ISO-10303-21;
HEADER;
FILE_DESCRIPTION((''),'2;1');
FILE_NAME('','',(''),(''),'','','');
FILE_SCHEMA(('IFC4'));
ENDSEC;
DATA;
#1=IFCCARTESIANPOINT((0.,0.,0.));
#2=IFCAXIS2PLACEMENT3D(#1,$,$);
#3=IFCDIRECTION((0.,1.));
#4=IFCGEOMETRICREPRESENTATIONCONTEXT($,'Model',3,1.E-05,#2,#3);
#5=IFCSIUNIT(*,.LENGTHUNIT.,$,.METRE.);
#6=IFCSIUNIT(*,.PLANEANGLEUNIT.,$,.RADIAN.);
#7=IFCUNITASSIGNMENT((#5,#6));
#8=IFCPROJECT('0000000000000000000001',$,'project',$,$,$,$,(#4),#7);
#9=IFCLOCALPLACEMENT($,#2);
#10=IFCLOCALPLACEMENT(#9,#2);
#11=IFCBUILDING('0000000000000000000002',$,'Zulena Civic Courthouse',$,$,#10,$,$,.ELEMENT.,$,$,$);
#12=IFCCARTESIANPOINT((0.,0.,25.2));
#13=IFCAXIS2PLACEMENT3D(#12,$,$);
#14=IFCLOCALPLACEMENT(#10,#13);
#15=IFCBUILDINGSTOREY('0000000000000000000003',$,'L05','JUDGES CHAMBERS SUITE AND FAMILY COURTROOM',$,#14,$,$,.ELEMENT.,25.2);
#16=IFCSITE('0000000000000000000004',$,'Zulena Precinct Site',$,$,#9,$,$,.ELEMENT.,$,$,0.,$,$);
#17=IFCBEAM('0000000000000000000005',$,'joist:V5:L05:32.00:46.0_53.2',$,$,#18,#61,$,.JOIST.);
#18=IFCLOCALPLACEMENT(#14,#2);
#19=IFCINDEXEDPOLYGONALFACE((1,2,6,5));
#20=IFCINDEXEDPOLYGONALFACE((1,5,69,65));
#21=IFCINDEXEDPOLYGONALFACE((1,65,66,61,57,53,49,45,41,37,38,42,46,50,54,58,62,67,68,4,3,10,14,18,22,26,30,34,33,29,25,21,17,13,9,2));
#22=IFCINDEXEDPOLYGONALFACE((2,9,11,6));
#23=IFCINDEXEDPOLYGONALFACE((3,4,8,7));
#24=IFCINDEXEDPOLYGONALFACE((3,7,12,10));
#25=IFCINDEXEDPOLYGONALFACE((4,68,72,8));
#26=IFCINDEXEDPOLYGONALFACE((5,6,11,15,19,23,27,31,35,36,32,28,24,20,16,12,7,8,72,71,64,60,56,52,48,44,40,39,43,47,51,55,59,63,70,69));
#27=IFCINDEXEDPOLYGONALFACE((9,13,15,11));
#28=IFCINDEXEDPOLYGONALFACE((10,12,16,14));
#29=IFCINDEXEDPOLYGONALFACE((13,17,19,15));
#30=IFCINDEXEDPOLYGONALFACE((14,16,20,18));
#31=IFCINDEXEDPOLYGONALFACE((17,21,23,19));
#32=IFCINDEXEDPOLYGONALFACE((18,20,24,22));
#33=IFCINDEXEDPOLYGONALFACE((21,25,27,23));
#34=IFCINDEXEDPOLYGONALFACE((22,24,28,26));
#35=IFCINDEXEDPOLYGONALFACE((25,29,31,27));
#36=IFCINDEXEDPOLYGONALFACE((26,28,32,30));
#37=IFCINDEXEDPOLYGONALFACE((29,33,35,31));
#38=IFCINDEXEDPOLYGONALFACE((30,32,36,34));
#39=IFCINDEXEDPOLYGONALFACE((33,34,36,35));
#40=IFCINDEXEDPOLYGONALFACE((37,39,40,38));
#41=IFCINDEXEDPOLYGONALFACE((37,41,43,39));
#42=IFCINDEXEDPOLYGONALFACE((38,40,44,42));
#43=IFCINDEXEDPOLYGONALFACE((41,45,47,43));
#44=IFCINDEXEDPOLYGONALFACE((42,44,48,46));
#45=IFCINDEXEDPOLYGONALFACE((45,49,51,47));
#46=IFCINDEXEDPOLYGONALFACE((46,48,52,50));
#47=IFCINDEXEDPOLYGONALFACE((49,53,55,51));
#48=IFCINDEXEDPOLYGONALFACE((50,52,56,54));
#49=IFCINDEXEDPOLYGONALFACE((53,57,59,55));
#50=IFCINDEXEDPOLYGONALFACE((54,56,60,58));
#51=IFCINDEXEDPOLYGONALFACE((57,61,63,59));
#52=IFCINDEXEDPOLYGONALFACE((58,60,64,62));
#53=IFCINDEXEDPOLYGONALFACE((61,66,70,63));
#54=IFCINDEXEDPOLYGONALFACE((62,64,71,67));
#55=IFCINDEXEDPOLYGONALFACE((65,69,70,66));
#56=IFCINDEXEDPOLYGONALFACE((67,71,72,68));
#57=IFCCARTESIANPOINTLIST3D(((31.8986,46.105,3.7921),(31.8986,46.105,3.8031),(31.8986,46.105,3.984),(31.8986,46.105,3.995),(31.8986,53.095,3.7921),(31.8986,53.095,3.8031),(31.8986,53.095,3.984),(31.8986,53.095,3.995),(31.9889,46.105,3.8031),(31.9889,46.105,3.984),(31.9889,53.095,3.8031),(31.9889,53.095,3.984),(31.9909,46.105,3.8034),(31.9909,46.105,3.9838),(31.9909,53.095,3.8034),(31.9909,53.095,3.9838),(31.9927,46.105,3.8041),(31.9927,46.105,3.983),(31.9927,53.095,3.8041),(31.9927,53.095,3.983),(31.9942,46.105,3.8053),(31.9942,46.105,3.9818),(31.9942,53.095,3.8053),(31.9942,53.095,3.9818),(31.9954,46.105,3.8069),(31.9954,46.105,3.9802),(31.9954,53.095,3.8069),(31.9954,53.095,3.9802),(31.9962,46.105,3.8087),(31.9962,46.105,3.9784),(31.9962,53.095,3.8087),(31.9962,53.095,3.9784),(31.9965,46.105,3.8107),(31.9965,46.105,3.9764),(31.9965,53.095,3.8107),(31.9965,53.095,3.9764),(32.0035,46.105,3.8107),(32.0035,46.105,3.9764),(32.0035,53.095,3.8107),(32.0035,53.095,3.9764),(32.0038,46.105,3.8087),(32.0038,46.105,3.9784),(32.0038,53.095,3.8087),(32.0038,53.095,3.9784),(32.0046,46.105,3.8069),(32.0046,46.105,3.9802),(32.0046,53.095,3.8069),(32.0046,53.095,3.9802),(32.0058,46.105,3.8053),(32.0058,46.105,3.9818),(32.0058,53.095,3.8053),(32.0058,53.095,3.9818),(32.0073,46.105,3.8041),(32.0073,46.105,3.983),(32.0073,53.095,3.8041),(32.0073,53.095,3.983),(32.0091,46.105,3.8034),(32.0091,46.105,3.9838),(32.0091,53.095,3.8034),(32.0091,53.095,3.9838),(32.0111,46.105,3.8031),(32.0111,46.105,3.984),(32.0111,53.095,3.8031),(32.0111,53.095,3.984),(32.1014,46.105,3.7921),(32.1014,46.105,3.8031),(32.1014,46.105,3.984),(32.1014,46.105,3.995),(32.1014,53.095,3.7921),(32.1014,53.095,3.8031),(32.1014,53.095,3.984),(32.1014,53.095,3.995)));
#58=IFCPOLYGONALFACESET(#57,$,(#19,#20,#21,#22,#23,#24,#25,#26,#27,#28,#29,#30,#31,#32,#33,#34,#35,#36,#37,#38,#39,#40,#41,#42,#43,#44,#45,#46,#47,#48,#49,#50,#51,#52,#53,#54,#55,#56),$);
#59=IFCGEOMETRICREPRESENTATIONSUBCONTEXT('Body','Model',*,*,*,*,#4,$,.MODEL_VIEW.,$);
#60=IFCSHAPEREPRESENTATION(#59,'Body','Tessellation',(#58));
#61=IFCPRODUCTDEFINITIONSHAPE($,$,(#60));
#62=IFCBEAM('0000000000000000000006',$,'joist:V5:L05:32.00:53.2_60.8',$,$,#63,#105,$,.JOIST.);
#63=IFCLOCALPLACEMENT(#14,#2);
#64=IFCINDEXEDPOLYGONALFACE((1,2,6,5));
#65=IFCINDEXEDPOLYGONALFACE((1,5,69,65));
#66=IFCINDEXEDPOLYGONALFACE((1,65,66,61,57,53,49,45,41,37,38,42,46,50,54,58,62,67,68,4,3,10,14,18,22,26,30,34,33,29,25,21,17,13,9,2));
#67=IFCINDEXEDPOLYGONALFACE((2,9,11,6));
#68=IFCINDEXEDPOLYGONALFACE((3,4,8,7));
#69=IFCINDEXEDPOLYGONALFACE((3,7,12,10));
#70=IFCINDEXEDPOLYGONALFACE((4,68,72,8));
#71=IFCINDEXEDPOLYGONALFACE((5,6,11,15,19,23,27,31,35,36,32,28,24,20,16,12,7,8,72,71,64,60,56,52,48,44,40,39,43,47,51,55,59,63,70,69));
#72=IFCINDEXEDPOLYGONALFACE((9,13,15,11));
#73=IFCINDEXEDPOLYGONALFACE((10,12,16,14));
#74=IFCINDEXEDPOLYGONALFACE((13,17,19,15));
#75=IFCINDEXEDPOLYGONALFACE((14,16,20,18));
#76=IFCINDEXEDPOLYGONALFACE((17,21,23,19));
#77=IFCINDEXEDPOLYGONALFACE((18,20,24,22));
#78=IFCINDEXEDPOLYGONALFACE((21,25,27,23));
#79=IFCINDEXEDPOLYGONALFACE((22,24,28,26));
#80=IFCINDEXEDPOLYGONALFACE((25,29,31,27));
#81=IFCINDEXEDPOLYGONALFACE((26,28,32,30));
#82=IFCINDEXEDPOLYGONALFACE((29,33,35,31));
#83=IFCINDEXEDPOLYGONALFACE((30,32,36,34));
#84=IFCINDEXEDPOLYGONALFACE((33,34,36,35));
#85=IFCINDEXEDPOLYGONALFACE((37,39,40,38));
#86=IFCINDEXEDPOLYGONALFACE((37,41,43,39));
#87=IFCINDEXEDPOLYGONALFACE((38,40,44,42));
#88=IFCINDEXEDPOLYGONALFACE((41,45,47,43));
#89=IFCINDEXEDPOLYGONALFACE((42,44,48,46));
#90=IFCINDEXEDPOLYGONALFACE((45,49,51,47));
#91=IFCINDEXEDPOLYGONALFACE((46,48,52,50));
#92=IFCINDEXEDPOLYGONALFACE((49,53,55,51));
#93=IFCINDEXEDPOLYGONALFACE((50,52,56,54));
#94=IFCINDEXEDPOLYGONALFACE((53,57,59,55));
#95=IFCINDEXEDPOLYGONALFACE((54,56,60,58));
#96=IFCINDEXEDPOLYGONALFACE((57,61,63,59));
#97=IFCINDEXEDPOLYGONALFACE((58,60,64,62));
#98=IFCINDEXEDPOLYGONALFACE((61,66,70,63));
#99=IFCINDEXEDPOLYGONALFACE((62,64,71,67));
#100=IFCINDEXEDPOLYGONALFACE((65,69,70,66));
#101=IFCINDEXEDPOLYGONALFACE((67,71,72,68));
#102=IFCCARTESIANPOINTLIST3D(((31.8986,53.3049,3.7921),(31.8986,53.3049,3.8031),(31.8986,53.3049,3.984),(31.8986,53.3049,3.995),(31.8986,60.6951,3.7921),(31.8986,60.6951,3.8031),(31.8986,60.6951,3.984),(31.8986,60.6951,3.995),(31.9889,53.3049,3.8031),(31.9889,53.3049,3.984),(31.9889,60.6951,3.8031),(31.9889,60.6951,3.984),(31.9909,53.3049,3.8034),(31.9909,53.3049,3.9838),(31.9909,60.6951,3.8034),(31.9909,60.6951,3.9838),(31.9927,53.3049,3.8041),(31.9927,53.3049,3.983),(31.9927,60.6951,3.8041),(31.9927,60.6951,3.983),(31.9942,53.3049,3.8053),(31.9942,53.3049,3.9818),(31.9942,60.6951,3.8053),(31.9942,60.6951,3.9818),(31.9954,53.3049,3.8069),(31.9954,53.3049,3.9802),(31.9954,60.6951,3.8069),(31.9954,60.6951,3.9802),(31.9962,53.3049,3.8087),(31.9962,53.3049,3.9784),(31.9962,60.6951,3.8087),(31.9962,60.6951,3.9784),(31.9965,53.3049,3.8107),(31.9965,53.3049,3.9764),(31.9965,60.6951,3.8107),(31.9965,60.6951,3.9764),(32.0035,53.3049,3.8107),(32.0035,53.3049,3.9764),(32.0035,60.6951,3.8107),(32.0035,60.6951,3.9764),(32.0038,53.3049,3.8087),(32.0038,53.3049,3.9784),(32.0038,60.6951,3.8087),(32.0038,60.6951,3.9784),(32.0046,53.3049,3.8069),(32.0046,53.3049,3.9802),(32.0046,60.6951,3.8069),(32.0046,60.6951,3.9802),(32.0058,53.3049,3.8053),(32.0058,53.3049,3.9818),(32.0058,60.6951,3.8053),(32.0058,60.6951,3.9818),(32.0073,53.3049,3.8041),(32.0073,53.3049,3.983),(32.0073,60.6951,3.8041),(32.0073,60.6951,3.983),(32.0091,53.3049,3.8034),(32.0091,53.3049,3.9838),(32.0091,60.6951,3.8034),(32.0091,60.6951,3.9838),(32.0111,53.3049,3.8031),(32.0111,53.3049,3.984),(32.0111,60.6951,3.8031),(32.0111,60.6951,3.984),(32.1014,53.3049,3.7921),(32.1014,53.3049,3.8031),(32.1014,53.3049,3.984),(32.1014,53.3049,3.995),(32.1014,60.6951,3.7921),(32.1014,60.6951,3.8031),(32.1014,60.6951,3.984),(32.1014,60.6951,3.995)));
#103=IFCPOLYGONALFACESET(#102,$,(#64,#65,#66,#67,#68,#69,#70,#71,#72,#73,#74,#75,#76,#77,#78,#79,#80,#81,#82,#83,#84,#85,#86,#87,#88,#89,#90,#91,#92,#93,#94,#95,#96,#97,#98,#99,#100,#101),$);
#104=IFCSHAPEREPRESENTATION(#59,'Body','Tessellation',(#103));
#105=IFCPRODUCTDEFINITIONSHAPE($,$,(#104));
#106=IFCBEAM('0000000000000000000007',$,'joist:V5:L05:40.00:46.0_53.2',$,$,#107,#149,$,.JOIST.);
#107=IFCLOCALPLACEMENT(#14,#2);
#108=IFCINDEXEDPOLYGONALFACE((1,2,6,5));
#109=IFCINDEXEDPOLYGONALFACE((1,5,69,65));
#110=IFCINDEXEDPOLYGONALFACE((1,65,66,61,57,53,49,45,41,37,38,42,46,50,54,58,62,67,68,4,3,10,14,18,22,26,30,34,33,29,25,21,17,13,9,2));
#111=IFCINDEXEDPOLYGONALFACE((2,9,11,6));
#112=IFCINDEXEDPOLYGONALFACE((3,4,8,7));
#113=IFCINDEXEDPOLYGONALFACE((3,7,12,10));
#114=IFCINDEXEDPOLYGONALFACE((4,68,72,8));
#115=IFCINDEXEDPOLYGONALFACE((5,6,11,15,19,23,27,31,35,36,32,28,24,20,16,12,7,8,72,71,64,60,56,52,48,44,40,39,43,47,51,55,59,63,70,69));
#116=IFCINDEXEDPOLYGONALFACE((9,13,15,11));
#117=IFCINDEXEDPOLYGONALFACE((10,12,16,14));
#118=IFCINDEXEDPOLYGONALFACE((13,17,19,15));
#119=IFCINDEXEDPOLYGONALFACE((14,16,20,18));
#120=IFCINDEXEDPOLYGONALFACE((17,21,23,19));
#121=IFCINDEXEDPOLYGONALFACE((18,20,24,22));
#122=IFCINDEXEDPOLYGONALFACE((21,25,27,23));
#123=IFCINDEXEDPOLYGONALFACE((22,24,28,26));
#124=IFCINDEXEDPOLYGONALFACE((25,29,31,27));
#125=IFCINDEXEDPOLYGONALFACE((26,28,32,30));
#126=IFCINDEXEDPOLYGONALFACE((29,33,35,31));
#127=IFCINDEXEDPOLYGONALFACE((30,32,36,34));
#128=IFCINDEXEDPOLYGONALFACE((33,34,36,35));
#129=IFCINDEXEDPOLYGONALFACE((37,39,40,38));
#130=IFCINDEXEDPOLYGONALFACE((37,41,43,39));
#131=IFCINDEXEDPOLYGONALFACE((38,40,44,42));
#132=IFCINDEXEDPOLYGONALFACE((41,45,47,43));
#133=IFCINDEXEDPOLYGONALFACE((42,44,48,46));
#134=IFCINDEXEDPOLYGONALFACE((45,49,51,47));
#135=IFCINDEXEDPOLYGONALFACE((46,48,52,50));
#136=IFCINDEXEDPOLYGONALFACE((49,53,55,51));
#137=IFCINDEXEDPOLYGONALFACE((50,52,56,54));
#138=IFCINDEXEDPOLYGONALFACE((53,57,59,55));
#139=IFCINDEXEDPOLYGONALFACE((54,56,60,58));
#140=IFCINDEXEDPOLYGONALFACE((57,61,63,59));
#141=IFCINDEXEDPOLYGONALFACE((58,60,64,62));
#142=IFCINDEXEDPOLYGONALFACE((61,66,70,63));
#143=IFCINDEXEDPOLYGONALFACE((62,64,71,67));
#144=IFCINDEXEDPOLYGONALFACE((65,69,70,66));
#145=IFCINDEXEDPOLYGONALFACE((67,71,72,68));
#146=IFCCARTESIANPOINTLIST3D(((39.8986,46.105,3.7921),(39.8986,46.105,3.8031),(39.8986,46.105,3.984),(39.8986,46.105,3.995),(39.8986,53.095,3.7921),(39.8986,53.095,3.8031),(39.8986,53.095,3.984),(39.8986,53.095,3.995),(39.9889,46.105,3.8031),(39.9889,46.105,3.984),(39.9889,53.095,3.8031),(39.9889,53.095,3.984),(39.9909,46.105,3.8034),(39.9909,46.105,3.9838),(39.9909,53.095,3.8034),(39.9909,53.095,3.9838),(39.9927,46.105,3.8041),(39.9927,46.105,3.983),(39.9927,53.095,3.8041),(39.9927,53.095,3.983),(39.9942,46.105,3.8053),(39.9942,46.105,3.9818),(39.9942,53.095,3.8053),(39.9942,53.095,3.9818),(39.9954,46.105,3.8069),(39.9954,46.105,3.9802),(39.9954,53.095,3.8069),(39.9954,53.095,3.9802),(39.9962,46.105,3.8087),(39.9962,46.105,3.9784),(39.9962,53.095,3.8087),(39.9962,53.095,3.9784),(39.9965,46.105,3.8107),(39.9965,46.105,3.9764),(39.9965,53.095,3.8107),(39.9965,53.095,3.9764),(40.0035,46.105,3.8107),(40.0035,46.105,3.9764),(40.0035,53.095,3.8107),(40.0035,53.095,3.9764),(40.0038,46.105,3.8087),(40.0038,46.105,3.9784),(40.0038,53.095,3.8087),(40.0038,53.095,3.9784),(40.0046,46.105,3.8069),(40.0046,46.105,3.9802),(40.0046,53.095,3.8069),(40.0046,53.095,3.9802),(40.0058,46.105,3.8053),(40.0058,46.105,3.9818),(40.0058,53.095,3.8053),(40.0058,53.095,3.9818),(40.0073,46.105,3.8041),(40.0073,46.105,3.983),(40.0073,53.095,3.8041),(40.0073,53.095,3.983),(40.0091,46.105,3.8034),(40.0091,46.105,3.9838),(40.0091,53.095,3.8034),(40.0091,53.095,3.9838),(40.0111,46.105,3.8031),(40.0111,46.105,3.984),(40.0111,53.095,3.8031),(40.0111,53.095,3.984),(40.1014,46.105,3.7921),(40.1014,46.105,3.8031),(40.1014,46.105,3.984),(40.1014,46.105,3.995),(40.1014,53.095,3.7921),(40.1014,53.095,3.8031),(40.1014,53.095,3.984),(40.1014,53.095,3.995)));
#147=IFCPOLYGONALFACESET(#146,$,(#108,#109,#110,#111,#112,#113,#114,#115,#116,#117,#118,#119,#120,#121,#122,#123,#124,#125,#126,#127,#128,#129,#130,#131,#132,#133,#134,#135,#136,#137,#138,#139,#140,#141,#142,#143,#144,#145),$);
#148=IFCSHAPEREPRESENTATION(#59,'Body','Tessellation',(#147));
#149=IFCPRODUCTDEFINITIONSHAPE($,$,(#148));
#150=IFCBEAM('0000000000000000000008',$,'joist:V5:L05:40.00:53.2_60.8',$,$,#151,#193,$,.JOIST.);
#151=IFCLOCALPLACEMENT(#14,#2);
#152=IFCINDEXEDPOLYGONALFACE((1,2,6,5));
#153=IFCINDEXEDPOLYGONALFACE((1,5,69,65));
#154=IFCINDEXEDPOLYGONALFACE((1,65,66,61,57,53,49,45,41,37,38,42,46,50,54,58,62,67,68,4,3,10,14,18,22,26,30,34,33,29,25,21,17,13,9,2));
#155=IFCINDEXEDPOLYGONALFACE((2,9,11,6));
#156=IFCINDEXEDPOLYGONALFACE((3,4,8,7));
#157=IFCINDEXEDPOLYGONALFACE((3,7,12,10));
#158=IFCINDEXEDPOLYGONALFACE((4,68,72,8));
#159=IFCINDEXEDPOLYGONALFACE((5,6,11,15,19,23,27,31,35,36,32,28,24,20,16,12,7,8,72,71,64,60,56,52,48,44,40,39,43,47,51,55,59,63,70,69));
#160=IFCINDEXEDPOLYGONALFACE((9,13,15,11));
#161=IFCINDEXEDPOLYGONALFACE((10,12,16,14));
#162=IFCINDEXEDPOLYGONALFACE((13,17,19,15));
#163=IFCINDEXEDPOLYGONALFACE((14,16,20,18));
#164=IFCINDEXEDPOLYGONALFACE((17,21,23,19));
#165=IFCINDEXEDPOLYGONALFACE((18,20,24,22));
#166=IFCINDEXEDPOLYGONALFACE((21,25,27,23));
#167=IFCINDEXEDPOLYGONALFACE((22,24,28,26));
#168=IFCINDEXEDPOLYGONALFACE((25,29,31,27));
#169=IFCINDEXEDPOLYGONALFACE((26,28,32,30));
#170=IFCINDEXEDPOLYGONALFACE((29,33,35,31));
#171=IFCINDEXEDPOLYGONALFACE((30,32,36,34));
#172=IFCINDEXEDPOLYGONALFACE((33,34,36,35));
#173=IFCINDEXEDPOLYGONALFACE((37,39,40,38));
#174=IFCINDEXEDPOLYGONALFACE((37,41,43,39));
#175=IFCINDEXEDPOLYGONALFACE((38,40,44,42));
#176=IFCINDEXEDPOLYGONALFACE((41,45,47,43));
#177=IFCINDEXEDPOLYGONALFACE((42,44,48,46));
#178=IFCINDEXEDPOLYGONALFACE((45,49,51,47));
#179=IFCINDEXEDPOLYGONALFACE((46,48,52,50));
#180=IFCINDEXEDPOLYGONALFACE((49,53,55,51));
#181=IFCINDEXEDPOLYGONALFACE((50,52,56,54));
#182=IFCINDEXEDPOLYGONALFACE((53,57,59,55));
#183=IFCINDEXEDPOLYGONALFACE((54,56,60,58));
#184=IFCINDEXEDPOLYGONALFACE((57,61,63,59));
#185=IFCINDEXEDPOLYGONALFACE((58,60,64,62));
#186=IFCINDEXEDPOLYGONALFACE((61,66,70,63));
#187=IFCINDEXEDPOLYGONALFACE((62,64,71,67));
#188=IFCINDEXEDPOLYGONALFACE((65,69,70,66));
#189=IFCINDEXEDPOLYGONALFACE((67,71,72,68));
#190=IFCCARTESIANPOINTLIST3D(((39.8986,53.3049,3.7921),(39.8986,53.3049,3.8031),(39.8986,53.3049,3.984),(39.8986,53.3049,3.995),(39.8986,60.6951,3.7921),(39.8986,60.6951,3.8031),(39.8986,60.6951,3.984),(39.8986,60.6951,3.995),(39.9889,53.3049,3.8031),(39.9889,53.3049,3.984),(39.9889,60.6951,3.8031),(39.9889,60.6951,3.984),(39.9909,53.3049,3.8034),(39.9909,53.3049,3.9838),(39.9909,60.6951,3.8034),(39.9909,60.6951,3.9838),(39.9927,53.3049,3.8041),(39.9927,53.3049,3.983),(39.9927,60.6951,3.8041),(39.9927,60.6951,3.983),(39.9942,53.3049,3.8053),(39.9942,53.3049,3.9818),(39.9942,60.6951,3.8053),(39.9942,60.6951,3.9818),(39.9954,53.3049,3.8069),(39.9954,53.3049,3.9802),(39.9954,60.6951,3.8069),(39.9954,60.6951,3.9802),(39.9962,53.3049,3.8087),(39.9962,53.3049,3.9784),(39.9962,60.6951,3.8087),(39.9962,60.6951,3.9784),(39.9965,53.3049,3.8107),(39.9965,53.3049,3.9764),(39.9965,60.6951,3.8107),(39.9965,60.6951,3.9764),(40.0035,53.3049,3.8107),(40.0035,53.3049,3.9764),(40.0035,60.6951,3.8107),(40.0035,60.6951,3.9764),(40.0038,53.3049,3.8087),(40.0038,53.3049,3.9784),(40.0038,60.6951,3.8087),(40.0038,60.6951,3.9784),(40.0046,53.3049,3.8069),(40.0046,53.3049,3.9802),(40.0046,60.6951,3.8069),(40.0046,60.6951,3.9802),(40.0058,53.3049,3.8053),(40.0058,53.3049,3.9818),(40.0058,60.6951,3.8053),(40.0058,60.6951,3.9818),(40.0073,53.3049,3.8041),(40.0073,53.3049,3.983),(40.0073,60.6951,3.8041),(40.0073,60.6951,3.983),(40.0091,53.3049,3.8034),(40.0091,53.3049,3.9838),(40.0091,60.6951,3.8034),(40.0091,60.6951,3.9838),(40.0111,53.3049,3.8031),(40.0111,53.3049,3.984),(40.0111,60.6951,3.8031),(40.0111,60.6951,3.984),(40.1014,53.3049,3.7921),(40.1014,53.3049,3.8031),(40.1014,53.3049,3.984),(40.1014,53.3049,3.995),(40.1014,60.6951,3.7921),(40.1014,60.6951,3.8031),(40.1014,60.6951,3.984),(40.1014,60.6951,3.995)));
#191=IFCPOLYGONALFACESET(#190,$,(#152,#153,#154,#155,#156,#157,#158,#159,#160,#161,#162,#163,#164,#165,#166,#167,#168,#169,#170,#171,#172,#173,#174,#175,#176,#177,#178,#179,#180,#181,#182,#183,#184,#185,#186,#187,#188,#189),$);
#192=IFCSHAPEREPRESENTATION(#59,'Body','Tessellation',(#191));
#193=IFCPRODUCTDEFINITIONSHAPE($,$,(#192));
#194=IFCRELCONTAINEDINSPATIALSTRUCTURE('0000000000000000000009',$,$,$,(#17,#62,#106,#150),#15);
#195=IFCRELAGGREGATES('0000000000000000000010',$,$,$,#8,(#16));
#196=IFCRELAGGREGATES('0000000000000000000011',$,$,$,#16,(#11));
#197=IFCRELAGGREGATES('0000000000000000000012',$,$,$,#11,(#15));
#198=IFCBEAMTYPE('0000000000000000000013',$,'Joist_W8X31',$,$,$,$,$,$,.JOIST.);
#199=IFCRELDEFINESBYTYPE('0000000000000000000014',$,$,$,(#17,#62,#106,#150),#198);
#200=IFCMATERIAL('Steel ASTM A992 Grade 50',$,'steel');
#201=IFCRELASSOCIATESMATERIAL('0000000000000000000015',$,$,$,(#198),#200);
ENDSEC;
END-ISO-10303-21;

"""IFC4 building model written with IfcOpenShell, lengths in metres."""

from ifc_helpers import new_model, si_unit, direction, frame, origin, origin_2d, place, context, subcontext, project, spatial, i_section, extrude, material, material_profile, profile_set, type_object, element, save


model = new_model("IFC4")

# Units and contexts
model_context = context("Model", 3, precision=1e-05, world=origin(), true_north=direction((0.0, 1.0)))
body_context = subcontext(model_context, "Body", "Model", "MODEL_VIEW")
ifc_project = project(units=[si_unit("LENGTHUNIT", "METRE"), si_unit("PLANEANGLEUNIT", "RADIAN")], contexts=[model_context])

# Site, building, storey
site_placement = place(None, origin())
site = spatial("IfcSite", under=ifc_project, at=site_placement, Name="Zulena Precinct Site", CompositionType="ELEMENT", RefElevation=0.0)
building_placement = place(site_placement, origin())
building = spatial("IfcBuilding", under=site, at=building_placement, Name="Zulena Civic Courthouse", CompositionType="ELEMENT")
storey_placement = place(building_placement, frame((0.0, 0.0, 25.2)))
storey = spatial("IfcBuildingStorey", under=building, at=storey_placement, Name="L05", Description="JUDGES CHAMBERS SUITE AND FAMILY COURTROOM", CompositionType="ELEMENT", Elevation=25.2)

# Shared definitions
ifc_material_1 = material(Name="Steel ASTM A992 Grade 50", Category="steel")

# Beams
ifc_material_profile_1 = material_profile(ifc_material_1, i_section(OverallWidth=0.2029, OverallDepth=0.2029, WebThickness=0.0071, FlangeThickness=0.011, FilletRadius=0.0076, at=origin_2d()), Name="W8X31")
ifc_profile_set_1 = profile_set([ifc_material_profile_1], Name="Steel ASTM A992 Grade 50")
beam_type_1 = type_object("IfcBeamType", Name="Joist_W8X31", PredefinedType="JOIST", material=ifc_profile_set_1)
beam_1_placement = place(storey_placement, frame((32.0, 46.105, 3.8936), z_axis=(0.0, 1.0, 0.0), x_axis=(-1.0, 0.0, 0.0)))
element("IfcBeam", 1, at=beam_1_placement, inside=storey, type_object=beam_type_1, Name="joist:V5:L05:32.00:46.0_53.2", PredefinedType="JOIST", context=body_context, shape_type="SweptSolid", body=[
    extrude(i_section(OverallWidth=0.2029, OverallDepth=0.2029, WebThickness=0.0071, FlangeThickness=0.011, FilletRadius=0.0076, at=origin_2d()), origin(), (0.0, 0.0, 1.0), 6.99),
])
beam_2_placement = place(storey_placement, frame((32.0, 53.3049, 3.8936), z_axis=(0.0, 1.0, 0.0), x_axis=(-1.0, 0.0, 0.0)))
element("IfcBeam", 2, at=beam_2_placement, inside=storey, type_object=beam_type_1, Name="joist:V5:L05:32.00:53.2_60.8", PredefinedType="JOIST", context=body_context, shape_type="SweptSolid", body=[
    extrude(i_section(OverallWidth=0.2029, OverallDepth=0.2029, WebThickness=0.0071, FlangeThickness=0.011, FilletRadius=0.0076, at=origin_2d()), origin(), (0.0, 0.0, 1.0), 7.3901),
])
beam_3_placement = place(storey_placement, frame((40.0, 46.105, 3.8936), z_axis=(0.0, 1.0, 0.0), x_axis=(-1.0, 0.0, 0.0)))
element("IfcBeam", 3, at=beam_3_placement, inside=storey, type_object=beam_type_1, Name="joist:V5:L05:40.00:46.0_53.2", PredefinedType="JOIST", context=body_context, shape_type="SweptSolid", body=[
    extrude(i_section(OverallWidth=0.2029, OverallDepth=0.2029, WebThickness=0.0071, FlangeThickness=0.011, FilletRadius=0.0076, at=origin_2d()), origin(), (0.0, 0.0, 1.0), 6.99),
])
beam_4_placement = place(storey_placement, frame((40.0, 53.3049, 3.8936), z_axis=(0.0, 1.0, 0.0), x_axis=(-1.0, 0.0, 0.0)))
element("IfcBeam", 4, at=beam_4_placement, inside=storey, type_object=beam_type_1, Name="joist:V5:L05:40.00:53.2_60.8", PredefinedType="JOIST", context=body_context, shape_type="SweptSolid", body=[
    extrude(i_section(OverallWidth=0.2029, OverallDepth=0.2029, WebThickness=0.0071, FlangeThickness=0.011, FilletRadius=0.0076, at=origin_2d()), origin(), (0.0, 0.0, 1.0), 7.3901),
])

save(model, "model.ifc")
